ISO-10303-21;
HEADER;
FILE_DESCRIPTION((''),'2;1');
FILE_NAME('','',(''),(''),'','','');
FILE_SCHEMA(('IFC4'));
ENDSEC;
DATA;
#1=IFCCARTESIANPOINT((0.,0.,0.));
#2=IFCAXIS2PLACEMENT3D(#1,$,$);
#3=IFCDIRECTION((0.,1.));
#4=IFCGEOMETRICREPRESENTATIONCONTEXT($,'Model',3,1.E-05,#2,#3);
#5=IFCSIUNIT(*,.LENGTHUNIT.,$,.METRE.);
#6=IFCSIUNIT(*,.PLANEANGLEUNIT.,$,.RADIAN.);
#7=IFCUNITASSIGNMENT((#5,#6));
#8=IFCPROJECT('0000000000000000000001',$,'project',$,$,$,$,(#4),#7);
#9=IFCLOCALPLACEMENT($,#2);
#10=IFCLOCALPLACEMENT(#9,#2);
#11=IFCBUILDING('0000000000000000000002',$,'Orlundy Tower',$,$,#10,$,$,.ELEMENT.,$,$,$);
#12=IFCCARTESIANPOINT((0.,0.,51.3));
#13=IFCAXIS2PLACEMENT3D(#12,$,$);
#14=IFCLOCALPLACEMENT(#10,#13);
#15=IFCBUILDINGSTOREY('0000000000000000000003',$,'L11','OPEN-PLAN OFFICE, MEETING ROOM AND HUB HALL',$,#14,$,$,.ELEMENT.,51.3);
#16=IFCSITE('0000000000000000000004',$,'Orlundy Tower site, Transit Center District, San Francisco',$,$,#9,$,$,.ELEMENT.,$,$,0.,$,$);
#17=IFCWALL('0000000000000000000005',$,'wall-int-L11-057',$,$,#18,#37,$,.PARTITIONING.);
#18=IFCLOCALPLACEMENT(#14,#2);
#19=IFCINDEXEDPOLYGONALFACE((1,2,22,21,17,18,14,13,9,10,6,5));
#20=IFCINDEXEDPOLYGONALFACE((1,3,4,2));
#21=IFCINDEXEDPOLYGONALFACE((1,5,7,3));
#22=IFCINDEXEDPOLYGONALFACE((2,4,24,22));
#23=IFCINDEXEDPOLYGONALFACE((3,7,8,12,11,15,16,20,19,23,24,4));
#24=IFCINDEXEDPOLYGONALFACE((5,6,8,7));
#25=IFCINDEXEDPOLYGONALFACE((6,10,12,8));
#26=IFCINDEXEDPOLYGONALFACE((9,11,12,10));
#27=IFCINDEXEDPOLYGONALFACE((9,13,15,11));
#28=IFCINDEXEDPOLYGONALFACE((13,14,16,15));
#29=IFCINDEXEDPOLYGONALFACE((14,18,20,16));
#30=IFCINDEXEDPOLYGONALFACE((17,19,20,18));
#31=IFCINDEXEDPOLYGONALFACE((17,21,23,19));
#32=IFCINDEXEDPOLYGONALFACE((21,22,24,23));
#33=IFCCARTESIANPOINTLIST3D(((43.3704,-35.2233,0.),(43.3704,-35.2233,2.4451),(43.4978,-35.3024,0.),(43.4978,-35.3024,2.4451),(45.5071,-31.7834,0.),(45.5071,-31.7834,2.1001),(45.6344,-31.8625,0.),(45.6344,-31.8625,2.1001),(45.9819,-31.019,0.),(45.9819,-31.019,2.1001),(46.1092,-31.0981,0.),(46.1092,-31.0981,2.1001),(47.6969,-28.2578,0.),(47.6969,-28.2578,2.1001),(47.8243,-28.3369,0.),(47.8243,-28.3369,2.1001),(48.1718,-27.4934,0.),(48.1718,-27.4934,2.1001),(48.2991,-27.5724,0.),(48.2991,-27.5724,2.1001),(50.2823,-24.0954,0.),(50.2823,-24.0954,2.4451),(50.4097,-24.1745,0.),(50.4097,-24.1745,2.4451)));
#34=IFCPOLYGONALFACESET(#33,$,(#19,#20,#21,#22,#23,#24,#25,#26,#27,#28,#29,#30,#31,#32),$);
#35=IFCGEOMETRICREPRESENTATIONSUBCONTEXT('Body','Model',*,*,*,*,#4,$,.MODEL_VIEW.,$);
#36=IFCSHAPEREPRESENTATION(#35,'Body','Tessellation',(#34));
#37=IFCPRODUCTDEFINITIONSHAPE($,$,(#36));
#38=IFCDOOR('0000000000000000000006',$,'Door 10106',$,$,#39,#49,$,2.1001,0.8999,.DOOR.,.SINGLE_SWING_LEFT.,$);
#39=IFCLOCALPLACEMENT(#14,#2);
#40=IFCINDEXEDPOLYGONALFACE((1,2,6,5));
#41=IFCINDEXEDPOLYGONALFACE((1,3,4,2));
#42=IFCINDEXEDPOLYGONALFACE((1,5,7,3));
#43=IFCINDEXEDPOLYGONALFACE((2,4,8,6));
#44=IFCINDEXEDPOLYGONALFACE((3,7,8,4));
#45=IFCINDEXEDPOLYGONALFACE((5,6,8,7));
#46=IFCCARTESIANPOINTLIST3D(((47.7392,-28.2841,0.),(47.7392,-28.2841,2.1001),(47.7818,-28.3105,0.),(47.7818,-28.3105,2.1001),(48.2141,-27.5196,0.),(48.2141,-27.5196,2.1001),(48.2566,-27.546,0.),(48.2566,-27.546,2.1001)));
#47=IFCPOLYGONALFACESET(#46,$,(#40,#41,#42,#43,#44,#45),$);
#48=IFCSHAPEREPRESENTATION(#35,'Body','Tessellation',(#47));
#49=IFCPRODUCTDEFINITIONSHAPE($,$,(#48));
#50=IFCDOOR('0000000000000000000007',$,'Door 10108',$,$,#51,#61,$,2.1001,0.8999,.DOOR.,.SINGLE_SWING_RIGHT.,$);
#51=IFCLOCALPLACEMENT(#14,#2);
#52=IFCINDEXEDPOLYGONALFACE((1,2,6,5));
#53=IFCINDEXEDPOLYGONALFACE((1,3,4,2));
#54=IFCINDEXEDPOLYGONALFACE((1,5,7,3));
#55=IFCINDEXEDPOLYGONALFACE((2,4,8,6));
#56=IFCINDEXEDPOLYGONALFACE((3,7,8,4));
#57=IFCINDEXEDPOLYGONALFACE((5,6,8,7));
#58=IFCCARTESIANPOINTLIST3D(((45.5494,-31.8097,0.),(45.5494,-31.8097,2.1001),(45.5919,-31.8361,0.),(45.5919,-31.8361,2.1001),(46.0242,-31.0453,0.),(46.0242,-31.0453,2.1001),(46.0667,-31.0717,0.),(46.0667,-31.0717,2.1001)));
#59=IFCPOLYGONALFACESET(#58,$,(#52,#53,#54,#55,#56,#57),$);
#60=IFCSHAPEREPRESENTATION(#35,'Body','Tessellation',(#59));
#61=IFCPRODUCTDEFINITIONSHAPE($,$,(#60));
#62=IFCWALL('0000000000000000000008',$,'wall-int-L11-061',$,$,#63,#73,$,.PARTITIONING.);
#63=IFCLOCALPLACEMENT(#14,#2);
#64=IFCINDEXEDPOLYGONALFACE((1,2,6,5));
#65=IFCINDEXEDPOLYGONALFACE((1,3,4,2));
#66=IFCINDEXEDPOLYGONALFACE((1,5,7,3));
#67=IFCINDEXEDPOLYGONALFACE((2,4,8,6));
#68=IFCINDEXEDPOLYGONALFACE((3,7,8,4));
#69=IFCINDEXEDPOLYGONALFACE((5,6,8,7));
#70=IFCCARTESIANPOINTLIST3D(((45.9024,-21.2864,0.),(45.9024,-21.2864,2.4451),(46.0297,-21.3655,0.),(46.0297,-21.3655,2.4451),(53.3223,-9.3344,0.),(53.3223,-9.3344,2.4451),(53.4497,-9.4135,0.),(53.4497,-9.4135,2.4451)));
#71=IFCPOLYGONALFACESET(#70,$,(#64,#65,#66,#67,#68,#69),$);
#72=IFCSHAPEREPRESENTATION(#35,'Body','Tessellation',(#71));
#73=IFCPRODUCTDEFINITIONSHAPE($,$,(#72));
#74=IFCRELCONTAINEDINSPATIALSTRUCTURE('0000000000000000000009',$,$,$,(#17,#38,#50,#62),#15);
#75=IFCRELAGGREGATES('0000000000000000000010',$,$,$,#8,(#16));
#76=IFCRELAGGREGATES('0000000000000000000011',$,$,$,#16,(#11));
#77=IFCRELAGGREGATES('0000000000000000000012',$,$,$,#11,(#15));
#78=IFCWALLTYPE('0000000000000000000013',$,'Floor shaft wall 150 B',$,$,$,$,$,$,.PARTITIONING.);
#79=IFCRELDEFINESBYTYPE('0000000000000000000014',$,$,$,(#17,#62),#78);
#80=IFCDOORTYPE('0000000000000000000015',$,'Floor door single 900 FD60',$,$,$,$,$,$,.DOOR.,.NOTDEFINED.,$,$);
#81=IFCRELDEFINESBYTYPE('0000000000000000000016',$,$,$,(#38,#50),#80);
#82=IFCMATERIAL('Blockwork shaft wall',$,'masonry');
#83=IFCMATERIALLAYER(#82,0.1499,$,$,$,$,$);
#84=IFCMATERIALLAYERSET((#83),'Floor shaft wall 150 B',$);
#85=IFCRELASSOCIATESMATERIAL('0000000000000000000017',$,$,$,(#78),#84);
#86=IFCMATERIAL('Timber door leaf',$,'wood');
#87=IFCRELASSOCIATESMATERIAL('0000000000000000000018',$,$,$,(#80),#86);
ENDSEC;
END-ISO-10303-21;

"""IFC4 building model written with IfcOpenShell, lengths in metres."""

from ifc_helpers import new_model, si_unit, direction, frame, frame_2d, origin, place, context, subcontext, project, spatial, rectangle, extrude, material, layer, layer_set, type_object, element, fill, save


model = new_model("IFC4")

# Units and contexts
model_context = context("Model", 3, precision=1e-05, world=origin(), true_north=direction((0.0, 1.0)))
body_context = subcontext(model_context, "Body", "Model", "MODEL_VIEW")
ifc_project = project(units=[si_unit("LENGTHUNIT", "METRE"), si_unit("PLANEANGLEUNIT", "RADIAN")], contexts=[model_context])

# Site, building, storey
site_placement = place(None, origin())
site = spatial("IfcSite", under=ifc_project, at=site_placement, Name="Orlundy Tower site, Transit Center District, San Francisco", CompositionType="ELEMENT", RefElevation=0.0)
building_placement = place(site_placement, origin())
building = spatial("IfcBuilding", under=site, at=building_placement, Name="Orlundy Tower", CompositionType="ELEMENT")
storey_placement = place(building_placement, frame((0.0, 0.0, 51.3)))
storey = spatial("IfcBuildingStorey", under=building, at=storey_placement, Name="L11", Description="OPEN-PLAN OFFICE, MEETING ROOM AND HUB HALL", CompositionType="ELEMENT", Elevation=51.3)

# Wall, openings, doors
ifc_material_1 = material(Name="Blockwork shaft wall", Category="masonry")
ifc_layer_1 = layer(ifc_material_1, 0.1499)
ifc_layer_set_1 = layer_set([ifc_layer_1], Name="Floor shaft wall 150 B")
wall_type_1 = type_object("IfcWallType", Name="Floor shaft wall 150 B", PredefinedType="PARTITIONING", material=ifc_layer_set_1)
wall_1_placement = place(storey_placement, frame((50.3459, -24.135, 0.0), z_axis=(0.0, 0.0, 1.0), x_axis=(-0.527631, -0.849473, 0.0)))
wall_1 = element("IfcWall", 1, at=wall_1_placement, inside=storey, type_object=wall_type_1, Name="wall-int-L11-057", PredefinedType="PARTITIONING", context=body_context, shape_type="SweptSolid", body=[
    extrude(rectangle(XDim=13.0999, YDim=0.1499, at=frame_2d((6.5498, 0.0))), origin(), (0.0, 0.0, 1.0), 2.4451),
])
opening_1_placement = place(wall_1_placement, frame((4.0, 0.0, 0.0)))
opening_1 = element("IfcOpeningElement", 2, at=opening_1_placement, cuts=wall_1, PredefinedType="OPENING", context=body_context, shape_type="SweptSolid", body=[
    extrude(rectangle(XDim=0.8999, YDim=2.1001, at=frame_2d((0.45, 1.05))), frame((0.0, 0.085, 0.0), z_axis=(0.0, -1.0, 0.0), x_axis=(1.0, 0.0, 0.0)), (0.0, 0.0, 1.0), 0.1699),
])
opening_2_placement = place(wall_1_placement, frame((8.1504, 0.0, 0.0)))
opening_2 = element("IfcOpeningElement", 3, at=opening_2_placement, cuts=wall_1, PredefinedType="OPENING", context=body_context, shape_type="SweptSolid", body=[
    extrude(rectangle(XDim=0.8999, YDim=2.1001, at=frame_2d((0.45, 1.05))), frame((0.0, 0.085, 0.0), z_axis=(0.0, -1.0, 0.0), x_axis=(1.0, 0.0, 0.0)), (0.0, 0.0, 1.0), 0.1699),
])
ifc_material_2 = material(Name="Timber door leaf", Category="wood")
door_type_1 = type_object("IfcDoorType", Name="Floor door single 900 FD60", OperationType="NOTDEFINED", PredefinedType="DOOR", material=ifc_material_2)
door_1_placement = place(opening_1_placement, origin())
door_1 = element("IfcDoor", 4, at=door_1_placement, inside=storey, type_object=door_type_1, Name="Door 10106", OperationType="SINGLE_SWING_LEFT", OverallHeight=2.1001, OverallWidth=0.8999, PredefinedType="DOOR", context=body_context, shape_type="SweptSolid", body=[
    extrude(rectangle(XDim=0.8999, YDim=2.1001, at=frame_2d((0.45, 1.05))), frame((0.0, 0.0249, 0.0), z_axis=(0.0, -1.0, 0.0), x_axis=(1.0, 0.0, 0.0)), (0.0, 0.0, 1.0), 0.05),
])
fill(opening_1, door_1)
door_2_placement = place(opening_2_placement, origin())
door_2 = element("IfcDoor", 5, at=door_2_placement, inside=storey, type_object=door_type_1, Name="Door 10108", OperationType="SINGLE_SWING_RIGHT", OverallHeight=2.1001, OverallWidth=0.8999, PredefinedType="DOOR", context=body_context, shape_type="SweptSolid", body=[
    extrude(rectangle(XDim=0.8999, YDim=2.1001, at=frame_2d((0.45, 1.05))), frame((0.0, 0.0249, 0.0), z_axis=(0.0, -1.0, 0.0), x_axis=(1.0, 0.0, 0.0)), (0.0, 0.0, 1.0), 0.05),
])
fill(opening_2, door_2)

# Wall
wall_2_placement = place(storey_placement, frame((45.9661, -21.3259, 0.0), z_axis=(0.0, 0.0, 1.0), x_axis=(0.52744, 0.849592, 0.0)))
element("IfcWall", 6, at=wall_2_placement, inside=storey, type_object=wall_type_1, Name="wall-int-L11-061", PredefinedType="PARTITIONING", context=body_context, shape_type="SweptSolid", body=[
    extrude(rectangle(XDim=14.0679, YDim=0.1499, at=frame_2d((7.0339, 0.0))), origin(), (0.0, 0.0, 1.0), 2.4451),
])

save(model, "model.ifc")
